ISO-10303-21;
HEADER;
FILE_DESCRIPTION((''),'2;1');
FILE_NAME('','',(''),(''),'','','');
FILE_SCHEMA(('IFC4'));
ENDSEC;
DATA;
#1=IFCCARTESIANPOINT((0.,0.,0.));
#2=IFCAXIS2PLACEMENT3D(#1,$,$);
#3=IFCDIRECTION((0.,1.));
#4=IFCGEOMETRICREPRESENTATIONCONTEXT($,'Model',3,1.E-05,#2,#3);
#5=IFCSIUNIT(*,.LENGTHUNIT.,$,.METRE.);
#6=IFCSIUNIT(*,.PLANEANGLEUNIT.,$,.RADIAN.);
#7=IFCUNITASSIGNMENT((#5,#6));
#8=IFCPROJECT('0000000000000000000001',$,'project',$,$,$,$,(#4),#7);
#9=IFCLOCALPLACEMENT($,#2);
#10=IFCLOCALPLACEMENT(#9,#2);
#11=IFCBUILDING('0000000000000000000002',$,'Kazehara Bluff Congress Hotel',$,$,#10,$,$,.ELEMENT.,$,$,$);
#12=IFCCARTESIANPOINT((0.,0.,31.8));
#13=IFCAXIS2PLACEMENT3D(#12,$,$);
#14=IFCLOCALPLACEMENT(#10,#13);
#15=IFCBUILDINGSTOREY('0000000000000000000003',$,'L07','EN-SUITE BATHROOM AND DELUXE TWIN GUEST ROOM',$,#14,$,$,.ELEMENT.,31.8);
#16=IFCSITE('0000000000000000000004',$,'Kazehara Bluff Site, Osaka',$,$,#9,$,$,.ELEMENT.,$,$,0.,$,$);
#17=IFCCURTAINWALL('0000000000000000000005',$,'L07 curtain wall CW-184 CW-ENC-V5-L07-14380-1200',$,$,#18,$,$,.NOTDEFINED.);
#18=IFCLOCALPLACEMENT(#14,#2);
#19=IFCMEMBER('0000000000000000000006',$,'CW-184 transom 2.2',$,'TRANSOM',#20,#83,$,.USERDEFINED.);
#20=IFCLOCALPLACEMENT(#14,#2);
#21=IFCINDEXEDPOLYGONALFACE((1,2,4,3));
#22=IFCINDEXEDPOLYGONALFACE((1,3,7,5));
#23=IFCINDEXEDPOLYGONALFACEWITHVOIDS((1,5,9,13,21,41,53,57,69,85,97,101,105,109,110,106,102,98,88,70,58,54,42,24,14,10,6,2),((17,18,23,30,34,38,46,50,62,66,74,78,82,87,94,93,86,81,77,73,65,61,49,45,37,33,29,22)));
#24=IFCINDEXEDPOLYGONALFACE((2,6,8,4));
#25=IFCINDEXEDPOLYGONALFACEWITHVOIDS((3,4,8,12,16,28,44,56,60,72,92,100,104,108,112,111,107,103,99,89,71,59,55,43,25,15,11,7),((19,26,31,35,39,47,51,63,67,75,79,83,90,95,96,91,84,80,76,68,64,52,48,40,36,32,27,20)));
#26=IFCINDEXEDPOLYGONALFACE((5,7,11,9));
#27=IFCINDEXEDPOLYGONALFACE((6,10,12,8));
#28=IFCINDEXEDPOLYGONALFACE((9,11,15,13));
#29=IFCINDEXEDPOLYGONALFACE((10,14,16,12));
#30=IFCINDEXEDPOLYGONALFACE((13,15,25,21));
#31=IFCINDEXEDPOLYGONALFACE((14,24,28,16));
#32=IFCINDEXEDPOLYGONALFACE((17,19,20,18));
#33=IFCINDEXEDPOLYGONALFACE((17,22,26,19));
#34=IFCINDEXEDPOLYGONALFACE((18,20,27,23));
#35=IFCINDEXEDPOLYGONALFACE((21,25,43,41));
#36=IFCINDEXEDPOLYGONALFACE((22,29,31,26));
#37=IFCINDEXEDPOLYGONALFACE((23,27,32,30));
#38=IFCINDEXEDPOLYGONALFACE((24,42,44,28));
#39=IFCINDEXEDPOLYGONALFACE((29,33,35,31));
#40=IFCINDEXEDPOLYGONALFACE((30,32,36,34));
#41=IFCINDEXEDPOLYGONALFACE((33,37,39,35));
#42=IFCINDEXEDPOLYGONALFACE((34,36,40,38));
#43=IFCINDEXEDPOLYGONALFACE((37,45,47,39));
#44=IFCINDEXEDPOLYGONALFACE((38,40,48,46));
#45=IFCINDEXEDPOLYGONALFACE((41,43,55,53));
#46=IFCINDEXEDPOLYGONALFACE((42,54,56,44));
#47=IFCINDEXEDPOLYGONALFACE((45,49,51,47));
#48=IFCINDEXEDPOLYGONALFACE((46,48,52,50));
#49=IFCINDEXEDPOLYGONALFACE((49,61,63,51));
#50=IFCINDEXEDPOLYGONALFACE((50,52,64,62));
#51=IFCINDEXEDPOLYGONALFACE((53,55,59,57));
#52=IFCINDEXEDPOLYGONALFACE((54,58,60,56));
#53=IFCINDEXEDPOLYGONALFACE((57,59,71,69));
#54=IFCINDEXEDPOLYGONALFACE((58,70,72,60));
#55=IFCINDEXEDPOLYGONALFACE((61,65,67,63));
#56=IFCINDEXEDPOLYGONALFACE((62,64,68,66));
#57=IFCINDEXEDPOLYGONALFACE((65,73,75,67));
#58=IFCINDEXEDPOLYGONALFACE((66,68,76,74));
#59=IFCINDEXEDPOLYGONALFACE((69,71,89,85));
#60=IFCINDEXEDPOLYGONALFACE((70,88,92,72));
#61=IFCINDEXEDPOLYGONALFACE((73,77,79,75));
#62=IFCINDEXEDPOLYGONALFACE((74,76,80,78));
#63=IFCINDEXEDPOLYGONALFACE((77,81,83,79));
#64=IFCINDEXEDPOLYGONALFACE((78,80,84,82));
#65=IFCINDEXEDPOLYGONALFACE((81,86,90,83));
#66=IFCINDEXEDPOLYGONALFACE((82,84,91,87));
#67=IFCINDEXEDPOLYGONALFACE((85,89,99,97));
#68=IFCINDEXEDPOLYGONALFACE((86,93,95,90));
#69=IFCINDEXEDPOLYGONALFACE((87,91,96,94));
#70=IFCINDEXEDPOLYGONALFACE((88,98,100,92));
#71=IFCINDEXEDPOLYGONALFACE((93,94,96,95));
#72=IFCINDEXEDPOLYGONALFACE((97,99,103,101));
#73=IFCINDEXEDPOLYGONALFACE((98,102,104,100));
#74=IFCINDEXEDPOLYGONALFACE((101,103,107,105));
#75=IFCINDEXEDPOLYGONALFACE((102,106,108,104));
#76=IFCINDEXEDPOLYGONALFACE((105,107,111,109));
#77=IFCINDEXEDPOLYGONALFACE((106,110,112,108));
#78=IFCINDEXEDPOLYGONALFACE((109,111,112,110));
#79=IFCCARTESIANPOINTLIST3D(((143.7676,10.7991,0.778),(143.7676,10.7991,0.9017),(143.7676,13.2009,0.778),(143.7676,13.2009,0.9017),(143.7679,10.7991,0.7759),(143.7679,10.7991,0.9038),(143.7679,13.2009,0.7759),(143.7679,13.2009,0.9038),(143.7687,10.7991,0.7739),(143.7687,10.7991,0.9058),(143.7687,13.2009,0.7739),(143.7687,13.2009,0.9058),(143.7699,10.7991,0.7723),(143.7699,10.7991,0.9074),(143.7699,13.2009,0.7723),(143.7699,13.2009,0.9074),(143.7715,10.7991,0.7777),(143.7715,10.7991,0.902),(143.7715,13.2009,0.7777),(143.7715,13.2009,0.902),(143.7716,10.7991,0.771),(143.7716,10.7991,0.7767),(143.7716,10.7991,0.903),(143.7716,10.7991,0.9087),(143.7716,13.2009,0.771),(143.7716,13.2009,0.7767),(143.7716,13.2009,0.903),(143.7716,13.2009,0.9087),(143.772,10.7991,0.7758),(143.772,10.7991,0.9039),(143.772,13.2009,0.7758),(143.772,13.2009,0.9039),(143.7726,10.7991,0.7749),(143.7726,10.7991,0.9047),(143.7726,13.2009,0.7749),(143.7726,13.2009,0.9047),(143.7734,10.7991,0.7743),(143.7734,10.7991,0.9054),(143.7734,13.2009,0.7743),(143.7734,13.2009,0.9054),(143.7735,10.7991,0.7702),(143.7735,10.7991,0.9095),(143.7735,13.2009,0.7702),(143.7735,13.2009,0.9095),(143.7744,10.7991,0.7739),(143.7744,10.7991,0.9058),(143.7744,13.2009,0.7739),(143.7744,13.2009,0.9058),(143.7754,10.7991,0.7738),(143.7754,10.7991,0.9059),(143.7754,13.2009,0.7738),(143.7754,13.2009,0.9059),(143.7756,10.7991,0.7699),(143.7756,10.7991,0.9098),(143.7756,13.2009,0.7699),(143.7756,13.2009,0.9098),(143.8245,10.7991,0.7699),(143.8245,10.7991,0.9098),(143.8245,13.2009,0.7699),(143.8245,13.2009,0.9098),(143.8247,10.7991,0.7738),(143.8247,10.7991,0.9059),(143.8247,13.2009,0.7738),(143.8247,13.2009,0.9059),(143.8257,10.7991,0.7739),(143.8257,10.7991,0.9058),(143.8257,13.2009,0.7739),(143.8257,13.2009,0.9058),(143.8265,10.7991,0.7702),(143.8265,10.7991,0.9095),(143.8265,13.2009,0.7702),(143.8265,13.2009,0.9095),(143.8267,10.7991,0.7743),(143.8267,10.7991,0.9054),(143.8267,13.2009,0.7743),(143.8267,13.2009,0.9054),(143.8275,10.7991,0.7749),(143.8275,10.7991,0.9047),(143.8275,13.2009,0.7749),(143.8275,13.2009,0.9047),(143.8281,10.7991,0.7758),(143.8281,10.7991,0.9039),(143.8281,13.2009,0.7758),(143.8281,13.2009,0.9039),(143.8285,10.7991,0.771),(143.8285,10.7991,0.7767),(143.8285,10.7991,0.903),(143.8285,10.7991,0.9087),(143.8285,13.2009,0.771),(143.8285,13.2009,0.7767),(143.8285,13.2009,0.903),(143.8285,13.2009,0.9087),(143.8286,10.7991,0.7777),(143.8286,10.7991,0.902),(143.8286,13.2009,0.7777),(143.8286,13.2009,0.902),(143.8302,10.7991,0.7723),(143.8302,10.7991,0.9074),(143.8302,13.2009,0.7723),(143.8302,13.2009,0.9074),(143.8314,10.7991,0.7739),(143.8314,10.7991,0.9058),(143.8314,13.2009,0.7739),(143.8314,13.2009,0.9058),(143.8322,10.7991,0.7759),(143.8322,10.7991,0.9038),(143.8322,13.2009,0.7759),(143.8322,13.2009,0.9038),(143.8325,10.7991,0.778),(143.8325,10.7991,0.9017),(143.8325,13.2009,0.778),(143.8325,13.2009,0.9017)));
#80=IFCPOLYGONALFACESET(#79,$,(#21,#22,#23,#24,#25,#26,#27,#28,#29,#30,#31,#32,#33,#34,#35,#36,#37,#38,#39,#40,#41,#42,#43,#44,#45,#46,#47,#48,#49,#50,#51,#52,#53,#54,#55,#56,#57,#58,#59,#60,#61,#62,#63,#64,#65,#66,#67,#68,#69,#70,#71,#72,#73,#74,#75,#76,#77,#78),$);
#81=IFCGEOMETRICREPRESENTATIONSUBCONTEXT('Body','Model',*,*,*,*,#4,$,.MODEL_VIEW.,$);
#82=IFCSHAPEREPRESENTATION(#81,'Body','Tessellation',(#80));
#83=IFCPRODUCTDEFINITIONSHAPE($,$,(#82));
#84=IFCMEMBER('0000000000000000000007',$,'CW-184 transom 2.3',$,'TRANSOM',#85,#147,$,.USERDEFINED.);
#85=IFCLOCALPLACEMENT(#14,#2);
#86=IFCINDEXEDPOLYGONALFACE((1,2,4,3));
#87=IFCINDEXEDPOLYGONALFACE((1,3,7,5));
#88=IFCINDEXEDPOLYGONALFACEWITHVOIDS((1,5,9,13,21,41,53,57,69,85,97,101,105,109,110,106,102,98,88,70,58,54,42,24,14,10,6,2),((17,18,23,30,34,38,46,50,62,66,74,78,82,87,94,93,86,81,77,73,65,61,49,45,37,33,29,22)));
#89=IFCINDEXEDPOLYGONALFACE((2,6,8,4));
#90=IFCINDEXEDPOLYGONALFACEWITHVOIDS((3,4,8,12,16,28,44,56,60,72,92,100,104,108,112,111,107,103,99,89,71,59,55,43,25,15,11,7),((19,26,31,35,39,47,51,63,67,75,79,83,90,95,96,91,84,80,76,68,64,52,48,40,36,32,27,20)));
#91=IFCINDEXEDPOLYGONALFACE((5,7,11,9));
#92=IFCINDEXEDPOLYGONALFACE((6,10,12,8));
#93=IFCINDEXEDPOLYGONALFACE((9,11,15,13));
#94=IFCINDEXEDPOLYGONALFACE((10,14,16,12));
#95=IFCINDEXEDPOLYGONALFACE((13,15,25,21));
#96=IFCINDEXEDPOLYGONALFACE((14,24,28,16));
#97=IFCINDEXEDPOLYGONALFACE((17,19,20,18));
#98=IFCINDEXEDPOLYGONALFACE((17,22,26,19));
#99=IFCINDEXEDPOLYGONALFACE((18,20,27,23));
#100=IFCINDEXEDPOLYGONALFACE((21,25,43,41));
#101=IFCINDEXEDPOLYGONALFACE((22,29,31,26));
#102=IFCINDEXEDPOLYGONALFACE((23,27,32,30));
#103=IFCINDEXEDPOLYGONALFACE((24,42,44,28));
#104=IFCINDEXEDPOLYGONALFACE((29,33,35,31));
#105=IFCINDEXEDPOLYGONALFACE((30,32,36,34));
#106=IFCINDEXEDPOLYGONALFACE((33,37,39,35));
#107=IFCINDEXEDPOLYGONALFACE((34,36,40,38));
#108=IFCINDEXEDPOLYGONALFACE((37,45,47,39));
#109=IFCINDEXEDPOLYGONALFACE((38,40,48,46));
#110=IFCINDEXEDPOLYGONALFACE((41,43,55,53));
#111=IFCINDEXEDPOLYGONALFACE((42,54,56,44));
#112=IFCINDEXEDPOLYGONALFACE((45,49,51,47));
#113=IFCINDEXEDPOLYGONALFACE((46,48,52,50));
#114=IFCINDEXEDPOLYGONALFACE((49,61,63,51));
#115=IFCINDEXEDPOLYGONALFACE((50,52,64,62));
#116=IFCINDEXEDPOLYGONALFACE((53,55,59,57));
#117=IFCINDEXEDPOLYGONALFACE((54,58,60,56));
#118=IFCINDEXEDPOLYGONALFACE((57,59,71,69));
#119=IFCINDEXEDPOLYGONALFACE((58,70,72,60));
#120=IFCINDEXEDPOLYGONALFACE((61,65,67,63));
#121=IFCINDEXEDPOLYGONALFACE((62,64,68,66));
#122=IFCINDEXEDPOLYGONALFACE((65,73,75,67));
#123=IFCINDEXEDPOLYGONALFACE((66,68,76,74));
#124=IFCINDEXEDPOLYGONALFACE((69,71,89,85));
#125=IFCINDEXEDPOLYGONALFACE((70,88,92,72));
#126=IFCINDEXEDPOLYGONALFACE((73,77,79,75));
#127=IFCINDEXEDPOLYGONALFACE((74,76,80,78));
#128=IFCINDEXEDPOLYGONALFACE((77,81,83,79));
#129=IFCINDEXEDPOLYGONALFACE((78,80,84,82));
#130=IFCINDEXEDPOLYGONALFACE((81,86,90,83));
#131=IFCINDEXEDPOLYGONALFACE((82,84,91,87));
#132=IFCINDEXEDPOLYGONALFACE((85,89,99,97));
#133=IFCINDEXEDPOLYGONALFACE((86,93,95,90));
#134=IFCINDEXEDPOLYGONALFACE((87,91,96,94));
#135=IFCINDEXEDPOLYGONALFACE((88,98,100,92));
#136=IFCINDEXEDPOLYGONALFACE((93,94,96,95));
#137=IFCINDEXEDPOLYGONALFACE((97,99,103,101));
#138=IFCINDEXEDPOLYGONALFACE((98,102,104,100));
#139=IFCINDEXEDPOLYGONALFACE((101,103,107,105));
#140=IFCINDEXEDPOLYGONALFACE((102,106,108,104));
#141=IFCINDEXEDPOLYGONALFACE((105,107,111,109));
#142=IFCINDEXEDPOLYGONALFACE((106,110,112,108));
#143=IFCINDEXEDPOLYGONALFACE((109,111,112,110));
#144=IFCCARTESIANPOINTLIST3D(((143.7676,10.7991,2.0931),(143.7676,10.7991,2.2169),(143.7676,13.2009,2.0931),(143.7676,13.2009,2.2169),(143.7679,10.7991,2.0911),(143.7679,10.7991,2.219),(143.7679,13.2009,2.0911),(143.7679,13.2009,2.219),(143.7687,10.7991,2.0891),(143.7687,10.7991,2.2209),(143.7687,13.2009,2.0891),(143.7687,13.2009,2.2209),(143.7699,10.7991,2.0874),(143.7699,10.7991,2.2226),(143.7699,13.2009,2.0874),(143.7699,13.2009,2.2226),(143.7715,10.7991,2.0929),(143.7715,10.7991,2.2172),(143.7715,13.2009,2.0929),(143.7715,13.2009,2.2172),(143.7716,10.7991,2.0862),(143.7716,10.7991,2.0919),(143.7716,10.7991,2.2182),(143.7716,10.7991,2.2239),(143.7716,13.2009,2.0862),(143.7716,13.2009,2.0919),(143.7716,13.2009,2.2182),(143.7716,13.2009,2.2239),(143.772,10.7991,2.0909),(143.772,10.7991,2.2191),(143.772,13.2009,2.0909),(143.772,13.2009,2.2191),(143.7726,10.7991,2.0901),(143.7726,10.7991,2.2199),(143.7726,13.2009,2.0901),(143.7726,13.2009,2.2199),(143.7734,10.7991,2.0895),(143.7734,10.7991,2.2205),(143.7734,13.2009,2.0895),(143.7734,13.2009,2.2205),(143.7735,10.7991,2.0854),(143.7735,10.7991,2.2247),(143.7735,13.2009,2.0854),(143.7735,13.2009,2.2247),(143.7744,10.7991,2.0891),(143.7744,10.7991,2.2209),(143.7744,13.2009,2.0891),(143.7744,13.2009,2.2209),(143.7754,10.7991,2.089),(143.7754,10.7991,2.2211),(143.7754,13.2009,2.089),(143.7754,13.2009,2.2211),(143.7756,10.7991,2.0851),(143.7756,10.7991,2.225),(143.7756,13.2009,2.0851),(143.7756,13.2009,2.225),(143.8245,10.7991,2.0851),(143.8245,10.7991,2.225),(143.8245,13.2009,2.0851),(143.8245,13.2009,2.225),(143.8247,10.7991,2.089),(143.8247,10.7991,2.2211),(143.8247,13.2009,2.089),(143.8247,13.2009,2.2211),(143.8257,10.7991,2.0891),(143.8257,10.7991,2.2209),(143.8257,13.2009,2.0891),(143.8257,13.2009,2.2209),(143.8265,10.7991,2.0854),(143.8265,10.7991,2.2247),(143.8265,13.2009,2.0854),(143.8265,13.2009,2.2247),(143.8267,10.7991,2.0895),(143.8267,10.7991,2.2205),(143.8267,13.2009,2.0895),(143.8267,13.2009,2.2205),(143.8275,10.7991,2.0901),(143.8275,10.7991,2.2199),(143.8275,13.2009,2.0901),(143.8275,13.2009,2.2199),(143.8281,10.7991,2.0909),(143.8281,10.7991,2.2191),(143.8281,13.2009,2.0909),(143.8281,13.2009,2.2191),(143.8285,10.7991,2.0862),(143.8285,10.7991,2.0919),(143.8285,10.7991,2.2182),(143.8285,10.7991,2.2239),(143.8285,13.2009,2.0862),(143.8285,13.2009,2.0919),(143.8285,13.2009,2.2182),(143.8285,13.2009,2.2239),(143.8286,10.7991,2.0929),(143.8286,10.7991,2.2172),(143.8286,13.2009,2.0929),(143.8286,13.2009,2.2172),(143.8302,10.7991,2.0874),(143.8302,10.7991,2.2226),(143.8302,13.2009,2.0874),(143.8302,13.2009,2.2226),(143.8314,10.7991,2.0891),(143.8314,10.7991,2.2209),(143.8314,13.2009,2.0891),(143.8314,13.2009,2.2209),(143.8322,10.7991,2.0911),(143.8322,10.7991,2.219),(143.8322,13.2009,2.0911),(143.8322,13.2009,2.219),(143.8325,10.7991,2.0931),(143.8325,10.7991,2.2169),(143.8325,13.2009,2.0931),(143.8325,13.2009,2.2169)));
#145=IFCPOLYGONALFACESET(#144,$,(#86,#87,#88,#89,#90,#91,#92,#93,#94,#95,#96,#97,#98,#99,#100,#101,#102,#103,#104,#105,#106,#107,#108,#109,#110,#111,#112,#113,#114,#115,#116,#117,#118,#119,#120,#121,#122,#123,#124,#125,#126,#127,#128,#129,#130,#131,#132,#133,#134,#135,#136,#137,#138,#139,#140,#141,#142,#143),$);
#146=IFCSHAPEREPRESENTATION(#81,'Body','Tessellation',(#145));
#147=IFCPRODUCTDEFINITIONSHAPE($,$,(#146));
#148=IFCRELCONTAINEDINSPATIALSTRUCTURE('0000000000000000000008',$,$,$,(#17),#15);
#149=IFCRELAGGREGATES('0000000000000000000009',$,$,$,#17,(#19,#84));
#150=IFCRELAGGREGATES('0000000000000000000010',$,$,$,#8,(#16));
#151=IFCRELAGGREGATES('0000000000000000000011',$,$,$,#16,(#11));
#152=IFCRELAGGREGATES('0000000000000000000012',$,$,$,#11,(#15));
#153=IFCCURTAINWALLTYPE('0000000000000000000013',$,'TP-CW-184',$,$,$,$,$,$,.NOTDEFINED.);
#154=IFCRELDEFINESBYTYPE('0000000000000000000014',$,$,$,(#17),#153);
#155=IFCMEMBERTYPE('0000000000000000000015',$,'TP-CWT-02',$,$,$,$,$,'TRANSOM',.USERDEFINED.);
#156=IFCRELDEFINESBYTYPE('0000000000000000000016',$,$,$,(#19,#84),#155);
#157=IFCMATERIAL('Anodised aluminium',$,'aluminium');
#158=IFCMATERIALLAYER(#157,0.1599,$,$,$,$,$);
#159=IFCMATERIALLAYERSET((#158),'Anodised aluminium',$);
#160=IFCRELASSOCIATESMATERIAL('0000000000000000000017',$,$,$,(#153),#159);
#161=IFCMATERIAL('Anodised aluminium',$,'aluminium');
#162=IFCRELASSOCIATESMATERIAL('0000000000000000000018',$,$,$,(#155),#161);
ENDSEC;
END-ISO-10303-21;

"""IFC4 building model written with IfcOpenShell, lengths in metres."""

from ifc_helpers import new_model, si_unit, direction, frame, origin, origin_2d, place, context, subcontext, project, spatial, hollow_rectangle, extrude, material, layer, layer_set, material_profile, profile_set, type_object, element, aggregate, save


model = new_model("IFC4")

# Units and contexts
model_context = context("Model", 3, precision=1e-05, world=origin(), true_north=direction((0.0, 1.0)))
body_context = subcontext(model_context, "Body", "Model", "MODEL_VIEW")
ifc_project = project(units=[si_unit("LENGTHUNIT", "METRE"), si_unit("PLANEANGLEUNIT", "RADIAN")], contexts=[model_context])

# Site, building, storey
site_placement = place(None, origin())
site = spatial("IfcSite", under=ifc_project, at=site_placement, Name="Kazehara Bluff Site, Osaka", CompositionType="ELEMENT", RefElevation=0.0)
building_placement = place(site_placement, origin())
building = spatial("IfcBuilding", under=site, at=building_placement, Name="Kazehara Bluff Congress Hotel", CompositionType="ELEMENT")
storey_placement = place(building_placement, frame((0.0, 0.0, 31.8)))
storey = spatial("IfcBuildingStorey", under=building, at=storey_placement, Name="L07", Description="EN-SUITE BATHROOM AND DELUXE TWIN GUEST ROOM", CompositionType="ELEMENT", Elevation=31.8)

# Curtain wall
ifc_material_1 = material(Name="Anodised aluminium", Category="aluminium")
ifc_layer_1 = layer(ifc_material_1, 0.1599)
ifc_layer_set_1 = layer_set([ifc_layer_1], Name="Anodised aluminium")
curtain_wall_type_1 = type_object("IfcCurtainWallType", Name="TP-CW-184", PredefinedType="NOTDEFINED", material=ifc_layer_set_1)
curtain_wall_1_placement = place(storey_placement, origin())
curtain_wall_1 = element("IfcCurtainWall", 1, at=curtain_wall_1_placement, inside=storey, type_object=curtain_wall_type_1, Name="L07 curtain wall CW-184 CW-ENC-V5-L07-14380-1200", PredefinedType="NOTDEFINED")

# Members
ifc_material_2 = material(Name="Anodised aluminium", Category="aluminium")
ifc_material_profile_1 = material_profile(ifc_material_2, hollow_rectangle(XDim=0.0649, YDim=0.1399, WallThickness=0.0039, InnerFilletRadius=0.0039, OuterFilletRadius=0.0081, at=origin_2d()))
ifc_profile_set_1 = profile_set([ifc_material_profile_1], Name="Anodised aluminium")
member_type_1 = type_object("IfcMemberType", Name="TP-CWT-02", ElementType="TRANSOM", PredefinedType="USERDEFINED", material=ifc_profile_set_1)
member_1_placement = place(storey_placement, frame((143.8, 10.7991, 0.8398), z_axis=(0.0, 1.0, 0.0), x_axis=(-1.0, 0.0, 0.0)))
member_1 = element("IfcMember", 2, at=member_1_placement, type_object=member_type_1, Name="CW-184 transom 2.2", ObjectType="TRANSOM", PredefinedType="USERDEFINED", context=body_context, shape_type="SweptSolid", body=[
    extrude(hollow_rectangle(XDim=0.0649, YDim=0.1399, WallThickness=0.0039, InnerFilletRadius=0.0039, OuterFilletRadius=0.0081, at=origin_2d()), origin(), (0.0, 0.0, 1.0), 2.4019),
])
member_2_placement = place(storey_placement, frame((143.8, 10.7991, 2.155), z_axis=(0.0, 1.0, 0.0), x_axis=(-1.0, 0.0, 0.0)))
member_2 = element("IfcMember", 3, at=member_2_placement, type_object=member_type_1, Name="CW-184 transom 2.3", ObjectType="TRANSOM", PredefinedType="USERDEFINED", context=body_context, shape_type="SweptSolid", body=[
    extrude(hollow_rectangle(XDim=0.0649, YDim=0.1399, WallThickness=0.0039, InnerFilletRadius=0.0039, OuterFilletRadius=0.0081, at=origin_2d()), origin(), (0.0, 0.0, 1.0), 2.4019),
])

aggregate(curtain_wall_1, [member_1, member_2])

save(model, "model.ifc")
